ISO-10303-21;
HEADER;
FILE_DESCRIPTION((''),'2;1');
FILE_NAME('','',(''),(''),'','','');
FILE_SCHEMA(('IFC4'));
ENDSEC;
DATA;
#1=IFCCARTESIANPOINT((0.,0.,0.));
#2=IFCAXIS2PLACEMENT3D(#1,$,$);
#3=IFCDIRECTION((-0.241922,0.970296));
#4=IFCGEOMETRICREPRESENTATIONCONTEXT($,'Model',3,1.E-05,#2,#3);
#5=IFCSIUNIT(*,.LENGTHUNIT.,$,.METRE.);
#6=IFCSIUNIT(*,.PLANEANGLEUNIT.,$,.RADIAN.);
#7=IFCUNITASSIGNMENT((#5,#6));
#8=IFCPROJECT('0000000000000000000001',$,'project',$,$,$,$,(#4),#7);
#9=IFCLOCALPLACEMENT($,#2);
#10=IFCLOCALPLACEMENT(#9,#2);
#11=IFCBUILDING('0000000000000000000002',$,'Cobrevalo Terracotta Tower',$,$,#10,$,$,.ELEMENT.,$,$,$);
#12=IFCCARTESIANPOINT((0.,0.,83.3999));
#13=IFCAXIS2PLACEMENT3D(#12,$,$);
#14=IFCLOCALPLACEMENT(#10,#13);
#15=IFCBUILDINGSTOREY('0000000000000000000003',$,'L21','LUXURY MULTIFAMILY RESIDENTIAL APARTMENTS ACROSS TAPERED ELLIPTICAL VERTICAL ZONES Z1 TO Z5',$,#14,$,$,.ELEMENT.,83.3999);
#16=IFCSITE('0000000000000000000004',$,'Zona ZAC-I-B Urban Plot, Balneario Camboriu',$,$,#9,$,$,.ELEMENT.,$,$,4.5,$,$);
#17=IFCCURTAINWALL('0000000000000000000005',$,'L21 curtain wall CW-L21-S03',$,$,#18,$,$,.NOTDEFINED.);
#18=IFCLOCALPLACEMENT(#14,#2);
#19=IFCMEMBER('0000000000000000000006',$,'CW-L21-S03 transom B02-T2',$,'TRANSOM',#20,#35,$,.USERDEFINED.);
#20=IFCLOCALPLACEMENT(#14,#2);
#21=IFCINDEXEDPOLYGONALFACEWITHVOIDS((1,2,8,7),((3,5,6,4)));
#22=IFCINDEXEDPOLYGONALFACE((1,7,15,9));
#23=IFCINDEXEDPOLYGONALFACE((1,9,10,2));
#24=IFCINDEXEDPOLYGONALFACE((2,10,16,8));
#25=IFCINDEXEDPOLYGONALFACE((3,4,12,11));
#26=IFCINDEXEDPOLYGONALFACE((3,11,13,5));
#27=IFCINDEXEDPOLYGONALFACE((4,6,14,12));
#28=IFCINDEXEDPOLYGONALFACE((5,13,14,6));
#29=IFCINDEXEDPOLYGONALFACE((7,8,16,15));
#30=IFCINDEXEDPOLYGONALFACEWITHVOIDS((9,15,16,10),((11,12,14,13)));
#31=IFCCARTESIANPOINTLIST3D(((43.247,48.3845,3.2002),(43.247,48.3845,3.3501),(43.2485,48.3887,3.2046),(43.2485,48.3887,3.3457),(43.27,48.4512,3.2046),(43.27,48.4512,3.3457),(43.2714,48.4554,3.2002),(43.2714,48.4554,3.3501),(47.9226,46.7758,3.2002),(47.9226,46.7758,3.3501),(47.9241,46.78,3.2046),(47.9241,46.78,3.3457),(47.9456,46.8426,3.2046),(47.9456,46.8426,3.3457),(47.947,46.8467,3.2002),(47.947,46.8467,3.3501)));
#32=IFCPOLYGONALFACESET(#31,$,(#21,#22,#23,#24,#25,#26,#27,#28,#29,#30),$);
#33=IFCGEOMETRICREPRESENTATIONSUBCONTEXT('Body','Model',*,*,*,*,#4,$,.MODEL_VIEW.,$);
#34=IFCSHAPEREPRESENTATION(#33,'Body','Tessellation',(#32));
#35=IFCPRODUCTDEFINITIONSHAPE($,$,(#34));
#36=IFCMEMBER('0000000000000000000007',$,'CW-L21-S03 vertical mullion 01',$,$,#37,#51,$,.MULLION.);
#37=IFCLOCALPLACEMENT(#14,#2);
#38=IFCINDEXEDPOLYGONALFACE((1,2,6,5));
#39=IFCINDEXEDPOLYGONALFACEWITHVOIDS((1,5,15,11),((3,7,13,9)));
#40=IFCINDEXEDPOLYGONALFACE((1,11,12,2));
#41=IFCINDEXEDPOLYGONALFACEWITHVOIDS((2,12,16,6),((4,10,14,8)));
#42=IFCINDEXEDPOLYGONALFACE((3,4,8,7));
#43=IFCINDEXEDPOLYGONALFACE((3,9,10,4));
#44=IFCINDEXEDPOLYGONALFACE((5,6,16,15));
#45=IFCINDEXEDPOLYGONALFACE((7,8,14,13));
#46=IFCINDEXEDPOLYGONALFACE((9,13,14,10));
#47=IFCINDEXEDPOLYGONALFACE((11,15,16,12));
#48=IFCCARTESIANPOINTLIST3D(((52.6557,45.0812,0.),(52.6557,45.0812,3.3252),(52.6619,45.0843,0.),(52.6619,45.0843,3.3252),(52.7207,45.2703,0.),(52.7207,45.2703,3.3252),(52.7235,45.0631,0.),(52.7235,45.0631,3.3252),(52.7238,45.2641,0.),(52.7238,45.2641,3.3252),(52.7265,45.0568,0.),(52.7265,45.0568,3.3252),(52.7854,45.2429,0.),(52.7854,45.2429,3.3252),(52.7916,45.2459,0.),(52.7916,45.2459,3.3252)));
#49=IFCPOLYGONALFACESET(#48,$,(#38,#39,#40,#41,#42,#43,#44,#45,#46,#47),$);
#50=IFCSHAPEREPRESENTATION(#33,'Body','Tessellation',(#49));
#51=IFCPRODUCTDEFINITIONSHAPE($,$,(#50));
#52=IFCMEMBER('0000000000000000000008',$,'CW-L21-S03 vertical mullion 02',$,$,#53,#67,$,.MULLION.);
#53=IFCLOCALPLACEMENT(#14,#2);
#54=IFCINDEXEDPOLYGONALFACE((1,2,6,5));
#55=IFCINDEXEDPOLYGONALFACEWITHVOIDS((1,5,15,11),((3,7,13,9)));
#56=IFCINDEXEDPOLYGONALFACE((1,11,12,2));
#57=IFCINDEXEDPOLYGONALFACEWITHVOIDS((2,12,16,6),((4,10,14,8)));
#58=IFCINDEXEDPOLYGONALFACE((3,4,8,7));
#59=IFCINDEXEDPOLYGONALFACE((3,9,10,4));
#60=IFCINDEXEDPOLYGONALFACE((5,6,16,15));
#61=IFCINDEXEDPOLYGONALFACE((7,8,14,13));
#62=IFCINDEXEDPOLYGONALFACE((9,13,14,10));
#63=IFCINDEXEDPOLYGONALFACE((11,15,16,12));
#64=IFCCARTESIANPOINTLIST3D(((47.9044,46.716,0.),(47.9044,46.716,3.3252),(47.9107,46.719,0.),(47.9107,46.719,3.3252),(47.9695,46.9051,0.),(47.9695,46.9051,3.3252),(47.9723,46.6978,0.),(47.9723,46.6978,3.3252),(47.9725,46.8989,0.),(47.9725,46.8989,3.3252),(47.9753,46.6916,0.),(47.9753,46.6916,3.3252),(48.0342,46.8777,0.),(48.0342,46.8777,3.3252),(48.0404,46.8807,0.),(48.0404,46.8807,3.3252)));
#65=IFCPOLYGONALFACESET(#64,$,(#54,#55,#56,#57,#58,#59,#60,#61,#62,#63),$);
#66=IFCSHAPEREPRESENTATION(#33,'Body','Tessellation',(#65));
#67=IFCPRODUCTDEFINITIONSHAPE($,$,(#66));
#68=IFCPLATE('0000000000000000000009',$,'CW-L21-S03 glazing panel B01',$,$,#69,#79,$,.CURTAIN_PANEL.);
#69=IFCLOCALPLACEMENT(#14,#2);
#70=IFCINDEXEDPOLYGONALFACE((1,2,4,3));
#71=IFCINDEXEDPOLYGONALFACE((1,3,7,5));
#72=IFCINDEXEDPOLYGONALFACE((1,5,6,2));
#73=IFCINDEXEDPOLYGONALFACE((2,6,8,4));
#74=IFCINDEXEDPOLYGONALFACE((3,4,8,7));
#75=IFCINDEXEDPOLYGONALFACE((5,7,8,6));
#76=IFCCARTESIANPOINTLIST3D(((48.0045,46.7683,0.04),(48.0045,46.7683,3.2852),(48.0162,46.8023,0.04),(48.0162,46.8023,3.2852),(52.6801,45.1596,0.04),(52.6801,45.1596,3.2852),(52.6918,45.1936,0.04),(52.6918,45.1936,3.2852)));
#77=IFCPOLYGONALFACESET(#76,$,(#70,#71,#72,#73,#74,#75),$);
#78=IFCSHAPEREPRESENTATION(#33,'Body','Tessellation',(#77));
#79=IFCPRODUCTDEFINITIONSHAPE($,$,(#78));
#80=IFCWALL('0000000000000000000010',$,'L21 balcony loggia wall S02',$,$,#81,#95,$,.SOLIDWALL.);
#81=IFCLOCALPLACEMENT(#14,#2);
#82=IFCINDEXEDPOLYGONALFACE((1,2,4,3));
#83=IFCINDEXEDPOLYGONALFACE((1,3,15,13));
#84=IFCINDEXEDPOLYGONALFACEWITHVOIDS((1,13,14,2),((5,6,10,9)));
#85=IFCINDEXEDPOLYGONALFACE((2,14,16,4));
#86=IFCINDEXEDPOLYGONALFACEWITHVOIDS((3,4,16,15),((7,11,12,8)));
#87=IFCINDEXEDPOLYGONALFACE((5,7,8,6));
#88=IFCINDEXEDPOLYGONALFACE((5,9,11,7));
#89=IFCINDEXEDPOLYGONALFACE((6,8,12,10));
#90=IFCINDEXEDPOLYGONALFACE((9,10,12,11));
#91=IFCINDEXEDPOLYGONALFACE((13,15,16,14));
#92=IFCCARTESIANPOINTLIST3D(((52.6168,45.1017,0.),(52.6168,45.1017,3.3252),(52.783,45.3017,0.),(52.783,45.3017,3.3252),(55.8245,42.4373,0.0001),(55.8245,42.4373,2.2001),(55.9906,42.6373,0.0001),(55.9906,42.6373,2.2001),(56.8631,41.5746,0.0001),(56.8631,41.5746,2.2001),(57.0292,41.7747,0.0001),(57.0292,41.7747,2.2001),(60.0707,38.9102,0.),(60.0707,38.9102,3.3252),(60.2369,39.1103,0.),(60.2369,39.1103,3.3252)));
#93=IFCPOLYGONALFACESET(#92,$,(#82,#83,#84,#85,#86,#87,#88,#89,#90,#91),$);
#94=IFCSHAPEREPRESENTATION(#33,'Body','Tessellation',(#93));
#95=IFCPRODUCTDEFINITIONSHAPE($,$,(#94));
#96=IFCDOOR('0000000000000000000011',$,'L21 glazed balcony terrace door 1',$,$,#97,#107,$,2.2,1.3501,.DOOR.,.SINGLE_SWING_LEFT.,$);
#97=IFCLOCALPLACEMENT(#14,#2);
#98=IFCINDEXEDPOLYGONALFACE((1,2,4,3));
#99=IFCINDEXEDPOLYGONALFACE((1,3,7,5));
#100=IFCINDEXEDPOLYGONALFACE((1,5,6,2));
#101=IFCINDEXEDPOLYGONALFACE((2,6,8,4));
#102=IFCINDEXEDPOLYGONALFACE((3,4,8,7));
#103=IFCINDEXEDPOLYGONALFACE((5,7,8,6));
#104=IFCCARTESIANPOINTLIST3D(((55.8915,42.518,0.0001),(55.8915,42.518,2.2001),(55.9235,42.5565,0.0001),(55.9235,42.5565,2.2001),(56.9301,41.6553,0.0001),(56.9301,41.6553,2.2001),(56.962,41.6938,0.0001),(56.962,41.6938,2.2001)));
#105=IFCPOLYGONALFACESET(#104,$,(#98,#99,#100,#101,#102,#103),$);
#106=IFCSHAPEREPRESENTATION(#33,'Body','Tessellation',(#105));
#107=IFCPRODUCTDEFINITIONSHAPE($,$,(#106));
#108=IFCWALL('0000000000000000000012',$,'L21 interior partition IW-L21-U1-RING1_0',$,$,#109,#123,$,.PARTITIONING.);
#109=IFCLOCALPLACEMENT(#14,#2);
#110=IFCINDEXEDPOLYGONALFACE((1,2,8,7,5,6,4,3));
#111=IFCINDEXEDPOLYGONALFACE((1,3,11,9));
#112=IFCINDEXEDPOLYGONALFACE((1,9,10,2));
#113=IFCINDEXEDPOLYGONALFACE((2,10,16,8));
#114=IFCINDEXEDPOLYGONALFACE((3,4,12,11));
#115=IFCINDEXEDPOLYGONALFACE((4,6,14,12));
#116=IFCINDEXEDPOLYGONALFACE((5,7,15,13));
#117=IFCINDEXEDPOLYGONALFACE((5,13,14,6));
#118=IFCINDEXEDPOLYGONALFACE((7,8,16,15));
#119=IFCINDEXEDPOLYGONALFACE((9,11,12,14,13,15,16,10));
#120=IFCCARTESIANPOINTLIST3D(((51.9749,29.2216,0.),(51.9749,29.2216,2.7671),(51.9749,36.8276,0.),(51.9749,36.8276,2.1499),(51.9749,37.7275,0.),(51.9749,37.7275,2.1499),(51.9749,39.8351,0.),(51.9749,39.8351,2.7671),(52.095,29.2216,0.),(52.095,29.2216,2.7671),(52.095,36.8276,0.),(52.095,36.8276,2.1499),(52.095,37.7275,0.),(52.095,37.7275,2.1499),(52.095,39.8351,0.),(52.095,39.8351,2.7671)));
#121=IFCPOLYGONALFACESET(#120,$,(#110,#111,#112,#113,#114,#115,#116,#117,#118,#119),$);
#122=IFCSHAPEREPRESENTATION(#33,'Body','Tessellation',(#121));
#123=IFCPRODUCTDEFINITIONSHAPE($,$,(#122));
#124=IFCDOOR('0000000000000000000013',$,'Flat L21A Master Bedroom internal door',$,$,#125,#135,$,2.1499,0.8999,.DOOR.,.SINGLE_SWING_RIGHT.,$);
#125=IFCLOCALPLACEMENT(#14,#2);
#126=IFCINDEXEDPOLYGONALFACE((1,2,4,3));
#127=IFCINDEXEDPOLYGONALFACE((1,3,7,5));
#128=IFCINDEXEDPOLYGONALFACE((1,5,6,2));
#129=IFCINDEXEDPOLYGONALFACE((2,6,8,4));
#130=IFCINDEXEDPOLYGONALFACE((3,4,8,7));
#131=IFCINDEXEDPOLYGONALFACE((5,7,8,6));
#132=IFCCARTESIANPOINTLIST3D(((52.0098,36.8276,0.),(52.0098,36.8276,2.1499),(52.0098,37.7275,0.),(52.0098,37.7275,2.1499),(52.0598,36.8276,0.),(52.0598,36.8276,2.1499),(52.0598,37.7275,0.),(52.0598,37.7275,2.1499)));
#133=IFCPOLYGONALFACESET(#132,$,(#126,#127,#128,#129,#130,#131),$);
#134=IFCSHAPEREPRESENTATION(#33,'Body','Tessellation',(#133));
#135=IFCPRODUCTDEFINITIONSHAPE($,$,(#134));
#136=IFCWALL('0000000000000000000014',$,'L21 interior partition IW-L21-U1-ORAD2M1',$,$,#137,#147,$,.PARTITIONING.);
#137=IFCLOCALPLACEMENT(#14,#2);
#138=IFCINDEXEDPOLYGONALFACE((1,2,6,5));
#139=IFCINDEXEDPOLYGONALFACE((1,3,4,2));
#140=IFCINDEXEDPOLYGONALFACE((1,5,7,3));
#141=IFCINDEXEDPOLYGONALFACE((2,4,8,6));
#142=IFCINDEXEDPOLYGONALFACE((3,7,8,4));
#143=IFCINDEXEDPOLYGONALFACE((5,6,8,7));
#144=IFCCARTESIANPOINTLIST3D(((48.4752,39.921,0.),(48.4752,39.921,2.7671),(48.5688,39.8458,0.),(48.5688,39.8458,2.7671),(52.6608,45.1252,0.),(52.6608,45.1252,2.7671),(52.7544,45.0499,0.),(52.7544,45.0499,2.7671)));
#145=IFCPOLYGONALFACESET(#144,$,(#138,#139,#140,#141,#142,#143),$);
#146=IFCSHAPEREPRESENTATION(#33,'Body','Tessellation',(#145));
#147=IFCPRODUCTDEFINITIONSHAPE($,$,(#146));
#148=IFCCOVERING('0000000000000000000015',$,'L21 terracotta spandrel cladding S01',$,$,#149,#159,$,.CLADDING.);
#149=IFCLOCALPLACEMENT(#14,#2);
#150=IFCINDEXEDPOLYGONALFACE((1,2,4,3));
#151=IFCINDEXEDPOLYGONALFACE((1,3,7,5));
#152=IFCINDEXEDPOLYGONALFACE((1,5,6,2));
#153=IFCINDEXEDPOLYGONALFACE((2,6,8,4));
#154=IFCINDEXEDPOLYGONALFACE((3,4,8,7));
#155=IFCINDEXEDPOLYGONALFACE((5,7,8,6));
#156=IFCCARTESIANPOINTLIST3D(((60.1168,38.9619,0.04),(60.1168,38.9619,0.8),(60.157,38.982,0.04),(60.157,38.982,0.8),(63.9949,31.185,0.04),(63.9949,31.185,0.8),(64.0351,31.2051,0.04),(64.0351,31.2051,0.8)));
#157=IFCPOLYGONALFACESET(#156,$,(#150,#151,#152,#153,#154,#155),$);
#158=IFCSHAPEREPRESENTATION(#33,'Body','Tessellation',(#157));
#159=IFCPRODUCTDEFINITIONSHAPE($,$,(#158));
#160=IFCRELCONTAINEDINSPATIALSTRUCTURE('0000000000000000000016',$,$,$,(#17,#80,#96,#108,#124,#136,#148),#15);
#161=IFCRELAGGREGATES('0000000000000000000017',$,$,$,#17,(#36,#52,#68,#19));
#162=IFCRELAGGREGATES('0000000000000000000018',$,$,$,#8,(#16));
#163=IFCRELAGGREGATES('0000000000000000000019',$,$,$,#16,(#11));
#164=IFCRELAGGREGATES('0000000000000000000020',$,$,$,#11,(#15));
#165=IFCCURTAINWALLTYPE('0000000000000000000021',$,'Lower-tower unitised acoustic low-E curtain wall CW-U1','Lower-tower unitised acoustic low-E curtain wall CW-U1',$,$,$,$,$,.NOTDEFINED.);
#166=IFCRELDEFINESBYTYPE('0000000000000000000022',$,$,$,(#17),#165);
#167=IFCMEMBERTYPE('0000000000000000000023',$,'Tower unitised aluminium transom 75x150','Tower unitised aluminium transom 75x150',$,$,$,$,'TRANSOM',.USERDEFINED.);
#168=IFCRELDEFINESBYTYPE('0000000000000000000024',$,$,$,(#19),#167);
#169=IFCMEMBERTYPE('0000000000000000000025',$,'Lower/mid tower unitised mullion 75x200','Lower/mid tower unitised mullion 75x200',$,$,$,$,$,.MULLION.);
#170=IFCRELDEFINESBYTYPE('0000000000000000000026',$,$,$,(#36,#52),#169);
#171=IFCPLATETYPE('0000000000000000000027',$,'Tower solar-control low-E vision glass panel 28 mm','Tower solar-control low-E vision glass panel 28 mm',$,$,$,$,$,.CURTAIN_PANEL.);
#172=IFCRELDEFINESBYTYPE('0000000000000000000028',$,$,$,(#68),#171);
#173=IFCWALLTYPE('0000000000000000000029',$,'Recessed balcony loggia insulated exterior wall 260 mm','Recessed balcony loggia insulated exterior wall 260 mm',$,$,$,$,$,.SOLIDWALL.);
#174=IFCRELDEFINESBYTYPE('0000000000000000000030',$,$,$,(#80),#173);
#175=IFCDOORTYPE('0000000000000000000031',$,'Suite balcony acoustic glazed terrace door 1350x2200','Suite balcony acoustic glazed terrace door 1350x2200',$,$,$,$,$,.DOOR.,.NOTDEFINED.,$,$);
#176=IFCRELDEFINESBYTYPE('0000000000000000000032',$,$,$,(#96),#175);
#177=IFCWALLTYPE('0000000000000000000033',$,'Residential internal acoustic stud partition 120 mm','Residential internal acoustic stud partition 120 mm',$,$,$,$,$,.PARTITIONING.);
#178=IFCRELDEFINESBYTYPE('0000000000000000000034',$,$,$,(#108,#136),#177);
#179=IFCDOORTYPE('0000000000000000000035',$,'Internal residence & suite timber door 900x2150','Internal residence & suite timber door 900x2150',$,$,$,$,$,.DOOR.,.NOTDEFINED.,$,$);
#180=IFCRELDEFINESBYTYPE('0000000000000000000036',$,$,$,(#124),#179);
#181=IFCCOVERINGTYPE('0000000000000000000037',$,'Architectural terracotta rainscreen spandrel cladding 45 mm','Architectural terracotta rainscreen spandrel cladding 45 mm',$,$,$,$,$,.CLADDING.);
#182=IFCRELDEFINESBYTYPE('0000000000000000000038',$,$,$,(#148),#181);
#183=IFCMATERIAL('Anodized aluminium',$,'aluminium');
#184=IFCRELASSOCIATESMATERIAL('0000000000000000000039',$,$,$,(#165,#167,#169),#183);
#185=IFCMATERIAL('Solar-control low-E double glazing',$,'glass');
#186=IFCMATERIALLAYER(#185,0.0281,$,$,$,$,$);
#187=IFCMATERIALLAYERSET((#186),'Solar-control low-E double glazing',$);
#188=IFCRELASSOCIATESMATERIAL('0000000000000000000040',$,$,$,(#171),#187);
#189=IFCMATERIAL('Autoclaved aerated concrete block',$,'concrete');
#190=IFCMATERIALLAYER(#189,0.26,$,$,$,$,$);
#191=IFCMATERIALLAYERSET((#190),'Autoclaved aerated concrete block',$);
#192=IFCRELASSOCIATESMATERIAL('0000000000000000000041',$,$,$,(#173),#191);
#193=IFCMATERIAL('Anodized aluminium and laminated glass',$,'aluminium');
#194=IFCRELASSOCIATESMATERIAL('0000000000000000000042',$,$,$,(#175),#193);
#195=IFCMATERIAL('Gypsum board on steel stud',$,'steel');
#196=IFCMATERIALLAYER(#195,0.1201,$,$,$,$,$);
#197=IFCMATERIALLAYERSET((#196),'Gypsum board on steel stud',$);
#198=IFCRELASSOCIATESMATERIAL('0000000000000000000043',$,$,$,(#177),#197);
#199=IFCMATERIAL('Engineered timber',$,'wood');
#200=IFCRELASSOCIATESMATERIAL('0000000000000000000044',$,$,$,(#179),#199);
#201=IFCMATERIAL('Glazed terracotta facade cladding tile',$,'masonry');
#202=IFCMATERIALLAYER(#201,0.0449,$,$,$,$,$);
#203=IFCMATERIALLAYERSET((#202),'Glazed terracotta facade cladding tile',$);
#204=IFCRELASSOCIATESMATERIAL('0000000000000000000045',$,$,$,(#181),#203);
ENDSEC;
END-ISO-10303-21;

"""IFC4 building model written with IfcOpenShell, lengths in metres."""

from ifc_helpers import new_model, si_unit, direction, frame, frame_2d, origin, origin_2d, place, context, subcontext, project, spatial, rectangle, hollow_rectangle, extrude, source, transform, mapped, material, layer, layer_set, material_profile, profile_set, type_object, element, fill, aggregate, save


model = new_model("IFC4")

# Units and contexts
model_context = context("Model", 3, precision=1e-05, world=origin(), true_north=direction((-0.241922, 0.970296)))
body_context = subcontext(model_context, "Body", "Model", "MODEL_VIEW")
ifc_project = project(units=[si_unit("LENGTHUNIT", "METRE"), si_unit("PLANEANGLEUNIT", "RADIAN")], contexts=[model_context])

# Site, building, storey
site_placement = place(None, origin())
site = spatial("IfcSite", under=ifc_project, at=site_placement, Name="Zona ZAC-I-B Urban Plot, Balneario Camboriu", CompositionType="ELEMENT", RefElevation=4.5)
building_placement = place(site_placement, origin())
building = spatial("IfcBuilding", under=site, at=building_placement, Name="Cobrevalo Terracotta Tower", CompositionType="ELEMENT")
storey_placement = place(building_placement, frame((0.0, 0.0, 83.3999)))
storey = spatial("IfcBuildingStorey", under=building, at=storey_placement, Name="L21", Description="LUXURY MULTIFAMILY RESIDENTIAL APARTMENTS ACROSS TAPERED ELLIPTICAL VERTICAL ZONES Z1 TO Z5", CompositionType="ELEMENT", Elevation=83.3999)

# Curtain wall, members, plate
ifc_material_1 = material(Name="Anodized aluminium", Category="aluminium")
curtain_wall_type = type_object("IfcCurtainWallType", Name="Lower-tower unitised acoustic low-E curtain wall CW-U1", Description="Lower-tower unitised acoustic low-E curtain wall CW-U1", PredefinedType="NOTDEFINED", material=ifc_material_1)
curtain_wall_placement = place(storey_placement, origin())
curtain_wall = element("IfcCurtainWall", 1, at=curtain_wall_placement, inside=storey, type_object=curtain_wall_type, Name="L21 curtain wall CW-L21-S03", PredefinedType="NOTDEFINED")
ifc_material_profile_1 = material_profile(ifc_material_1, hollow_rectangle(XDim=0.075, YDim=0.1499, WallThickness=0.0044, at=origin_2d()), Name="CWT 75x150")
ifc_profile_set_1 = profile_set([ifc_material_profile_1], Name="Anodized aluminium")
member_type_1 = type_object("IfcMemberType", Name="Tower unitised aluminium transom 75x150", Description="Tower unitised aluminium transom 75x150", ElementType="TRANSOM", PredefinedType="USERDEFINED", material=ifc_profile_set_1)
shared_shape_1 = source(origin(), body_context, "Body", "SweptSolid", [
    extrude(hollow_rectangle(XDim=0.075, YDim=0.1499, WallThickness=0.0044, at=origin_2d()), origin(), (0.0, 0.0, 1.0), 4.9446),
])
member_1_placement = place(storey_placement, frame((47.9348, 46.8113, 3.2751), z_axis=(-0.945598, 0.325338, 0.0), x_axis=(-0.325338, -0.945598, 0.0)))
member_1 = element("IfcMember", 2, at=member_1_placement, type_object=member_type_1, Name="CW-L21-S03 transom B02-T2", ObjectType="TRANSOM", PredefinedType="USERDEFINED", context=body_context, shape_type="MappedRepresentation", body=[
    mapped(shared_shape_1, transform((0.0, 0.0, 0.0), scale=1.0)),
])
ifc_material_profile_2 = material_profile(ifc_material_1, hollow_rectangle(XDim=0.075, YDim=0.2, WallThickness=0.0049, at=origin_2d()), Name="CWM 75x200")
ifc_profile_set_2 = profile_set([ifc_material_profile_2], Name="Anodized aluminium")
member_type_2 = type_object("IfcMemberType", Name="Lower/mid tower unitised mullion 75x200", Description="Lower/mid tower unitised mullion 75x200", PredefinedType="MULLION", material=ifc_profile_set_2)
shared_shape_2 = source(origin(), body_context, "Body", "SweptSolid", [
    extrude(hollow_rectangle(XDim=0.075, YDim=0.2, WallThickness=0.0049, at=origin_2d()), origin(), (0.0, 0.0, 1.0), 3.3252),
])
member_2_placement = place(storey_placement, frame((52.7236, 45.1636, 0.0), z_axis=(0.0, 0.0, 1.0), x_axis=(-0.945598, 0.325337, 0.0)))
member_2 = element("IfcMember", 3, at=member_2_placement, type_object=member_type_2, Name="CW-L21-S03 vertical mullion 01", PredefinedType="MULLION", context=body_context, shape_type="MappedRepresentation", body=[
    mapped(shared_shape_2, transform((0.0, 0.0, 0.0), scale=1.0)),
])
member_3_placement = place(storey_placement, frame((47.9724, 46.7983, 0.0), z_axis=(0.0, 0.0, 1.0), x_axis=(-0.945598, 0.325337, 0.0)))
member_3 = element("IfcMember", 4, at=member_3_placement, type_object=member_type_2, Name="CW-L21-S03 vertical mullion 02", PredefinedType="MULLION", context=body_context, shape_type="MappedRepresentation", body=[
    mapped(shared_shape_2, transform((0.0, 0.0, 0.0), scale=1.0)),
])
ifc_material_2 = material(Name="Solar-control low-E double glazing", Category="glass")
ifc_layer_1 = layer(ifc_material_2, 0.0281)
ifc_layer_set_1 = layer_set([ifc_layer_1], Name="Solar-control low-E double glazing")
plate_type = type_object("IfcPlateType", Name="Tower solar-control low-E vision glass panel 28 mm", Description="Tower solar-control low-E vision glass panel 28 mm", PredefinedType="CURTAIN_PANEL", material=ifc_layer_set_1)
shared_shape_3 = source(origin(), body_context, "Body", "SweptSolid", [
    extrude(rectangle(XDim=4.9446, YDim=0.0359, at=origin_2d()), origin(), (0.0, 0.0, 1.0), 3.2451),
])
plate_placement = place(storey_placement, frame((50.3481, 45.981, 0.04), z_axis=(0.0, 0.0, 1.0), x_axis=(-0.945596, 0.325342, 0.0)))
plate = element("IfcPlate", 5, at=plate_placement, type_object=plate_type, Name="CW-L21-S03 glazing panel B01", PredefinedType="CURTAIN_PANEL", context=body_context, shape_type="MappedRepresentation", body=[
    mapped(shared_shape_3, transform((0.0, 0.0, 0.0), scale=1.0)),
])
aggregate(curtain_wall, [member_2, member_3, plate, member_1])

# Walls, openings, doors
ifc_material_3 = material(Name="Autoclaved aerated concrete block", Category="concrete")
ifc_layer_2 = layer(ifc_material_3, 0.26)
ifc_layer_set_2 = layer_set([ifc_layer_2], Name="Autoclaved aerated concrete block")
wall_type_1 = type_object("IfcWallType", Name="Recessed balcony loggia insulated exterior wall 260 mm", Description="Recessed balcony loggia insulated exterior wall 260 mm", PredefinedType="SOLIDWALL", material=ifc_layer_set_2)
wall_1_placement = place(storey_placement, frame((60.1538, 39.0103, 0.0), z_axis=(0.0, 0.0, 1.0), x_axis=(-0.769243, 0.638957, 0.0)))
wall_1 = element("IfcWall", 6, at=wall_1_placement, inside=storey, type_object=wall_type_1, Name="L21 balcony loggia wall S02", PredefinedType="SOLIDWALL", context=body_context, shape_type="SweptSolid", body=[
    extrude(rectangle(XDim=9.6899, YDim=0.26, at=frame_2d((4.845, 0.0))), origin(), (0.0, 0.0, 1.0), 3.3252),
])
opening_1_placement = place(wall_1_placement, frame((4.1699, 0.0, 0.0)))
opening_1 = element("IfcOpeningElement", 7, at=opening_1_placement, cuts=wall_1, PredefinedType="OPENING", context=body_context, shape_type="SweptSolid", body=[
    extrude(rectangle(XDim=1.3501, YDim=2.2, at=frame_2d((0.675, 1.1001))), frame((0.0, 0.1401, 0.0), z_axis=(0.0, -1.0, 0.0), x_axis=(1.0, 0.0, 0.0)), (0.0, 0.0, 1.0), 0.28),
])
ifc_material_4 = material(Name="Anodized aluminium and laminated glass", Category="aluminium")
door_type_1 = type_object("IfcDoorType", Name="Suite balcony acoustic glazed terrace door 1350x2200", Description="Suite balcony acoustic glazed terrace door 1350x2200", OperationType="NOTDEFINED", PredefinedType="DOOR", material=ifc_material_4)
shared_shape_4 = source(origin(), body_context, "Body", "SweptSolid", [
    extrude(rectangle(XDim=1.3501, YDim=2.2, at=frame_2d((0.675, 1.1001))), frame((0.0, 0.0249, 0.0), z_axis=(0.0, -1.0, 0.0), x_axis=(1.0, 0.0, 0.0)), (0.0, 0.0, 1.0), 0.05),
])
door_1_placement = place(opening_1_placement, frame((1.3501, 0.0, 0.0), z_axis=(0.0, 0.0, 1.0), x_axis=(-1.0, 0.0, 0.0)))
door_1 = element("IfcDoor", 8, at=door_1_placement, inside=storey, type_object=door_type_1, Name="L21 glazed balcony terrace door 1", OperationType="SINGLE_SWING_LEFT", OverallHeight=2.2, OverallWidth=1.3501, PredefinedType="DOOR", context=body_context, shape_type="MappedRepresentation", body=[
    mapped(shared_shape_4, transform((0.0, 0.0, 0.0), scale=1.0)),
])
fill(opening_1, door_1)
ifc_material_5 = material(Name="Gypsum board on steel stud", Category="steel")
ifc_layer_3 = layer(ifc_material_5, 0.1201)
ifc_layer_set_3 = layer_set([ifc_layer_3], Name="Gypsum board on steel stud")
wall_type_2 = type_object("IfcWallType", Name="Residential internal acoustic stud partition 120 mm", Description="Residential internal acoustic stud partition 120 mm", PredefinedType="PARTITIONING", material=ifc_layer_set_3)
wall_2_placement = place(storey_placement, frame((52.0349, 39.835, 0.0), z_axis=(0.0, 0.0, 1.0), x_axis=(0.0, -1.0, 0.0)))
wall_2 = element("IfcWall", 9, at=wall_2_placement, inside=storey, type_object=wall_type_2, Name="L21 interior partition IW-L21-U1-RING1_0", PredefinedType="PARTITIONING", context=body_context, shape_type="SweptSolid", body=[
    extrude(rectangle(XDim=10.6135, YDim=0.1201, at=frame_2d((5.3066, 0.0))), origin(), (0.0, 0.0, 1.0), 2.7671),
])
opening_2_placement = place(wall_2_placement, frame((2.1074, 0.0, 0.0)))
opening_2 = element("IfcOpeningElement", 10, at=opening_2_placement, cuts=wall_2, PredefinedType="OPENING", context=body_context, shape_type="SweptSolid", body=[
    extrude(rectangle(XDim=0.8999, YDim=2.1499, at=frame_2d((0.45, 1.075))), frame((0.0, 0.0701, 0.0), z_axis=(0.0, -1.0, 0.0), x_axis=(1.0, 0.0, 0.0)), (0.0, 0.0, 1.0), 0.1401),
])
ifc_material_6 = material(Name="Engineered timber", Category="wood")
door_type_2 = type_object("IfcDoorType", Name="Internal residence & suite timber door 900x2150", Description="Internal residence & suite timber door 900x2150", OperationType="NOTDEFINED", PredefinedType="DOOR", material=ifc_material_6)
shared_shape_5 = source(origin(), body_context, "Body", "SweptSolid", [
    extrude(rectangle(XDim=0.8999, YDim=2.1499, at=frame_2d((0.45, 1.075))), frame((0.0, 0.0249, 0.0), z_axis=(0.0, -1.0, 0.0), x_axis=(1.0, 0.0, 0.0)), (0.0, 0.0, 1.0), 0.05),
])
door_2_placement = place(opening_2_placement, origin())
door_2 = element("IfcDoor", 11, at=door_2_placement, inside=storey, type_object=door_type_2, Name="Flat L21A Master Bedroom internal door", OperationType="SINGLE_SWING_RIGHT", OverallHeight=2.1499, OverallWidth=0.8999, PredefinedType="DOOR", context=body_context, shape_type="MappedRepresentation", body=[
    mapped(shared_shape_5, transform((0.0, 0.0, 0.0), scale=1.0)),
])
fill(opening_2, door_2)

# Wall
wall_3_placement = place(storey_placement, frame((48.522, 39.8833, 0.0), z_axis=(0.0, 0.0, 1.0), x_axis=(0.626726, 0.77924, 0.0)))
element("IfcWall", 12, at=wall_3_placement, inside=storey, type_object=wall_type_2, Name="L21 interior partition IW-L21-U1-ORAD2M1", PredefinedType="PARTITIONING", context=body_context, shape_type="SweptSolid", body=[
    extrude(rectangle(XDim=6.6785, YDim=0.1201, at=frame_2d((3.3394, 0.0))), origin(), (0.0, 0.0, 1.0), 2.7671),
])

# Covering
ifc_material_7 = material(Name="Glazed terracotta facade cladding tile", Category="masonry")
ifc_layer_4 = layer(ifc_material_7, 0.0449)
ifc_layer_set_4 = layer_set([ifc_layer_4], Name="Glazed terracotta facade cladding tile")
covering_type = type_object("IfcCoveringType", Name="Architectural terracotta rainscreen spandrel cladding 45 mm", Description="Architectural terracotta rainscreen spandrel cladding 45 mm", PredefinedType="CLADDING", material=ifc_layer_set_4)
shared_shape_6 = source(origin(), body_context, "Body", "SweptSolid", [
    extrude(rectangle(XDim=8.6902, YDim=0.0449, at=origin_2d()), origin(), (0.0, 0.0, 1.0), 0.76),
])
covering_placement = place(storey_placement, frame((62.0759, 35.0835, 0.04), z_axis=(0.0, 0.0, 1.0), x_axis=(-0.446262, 0.894902, 0.0)))
element("IfcCovering", 13, at=covering_placement, inside=storey, type_object=covering_type, Name="L21 terracotta spandrel cladding S01", PredefinedType="CLADDING", context=body_context, shape_type="MappedRepresentation", body=[
    mapped(shared_shape_6, transform((0.0, 0.0, 0.0), scale=1.0)),
])

save(model, "model.ifc")
